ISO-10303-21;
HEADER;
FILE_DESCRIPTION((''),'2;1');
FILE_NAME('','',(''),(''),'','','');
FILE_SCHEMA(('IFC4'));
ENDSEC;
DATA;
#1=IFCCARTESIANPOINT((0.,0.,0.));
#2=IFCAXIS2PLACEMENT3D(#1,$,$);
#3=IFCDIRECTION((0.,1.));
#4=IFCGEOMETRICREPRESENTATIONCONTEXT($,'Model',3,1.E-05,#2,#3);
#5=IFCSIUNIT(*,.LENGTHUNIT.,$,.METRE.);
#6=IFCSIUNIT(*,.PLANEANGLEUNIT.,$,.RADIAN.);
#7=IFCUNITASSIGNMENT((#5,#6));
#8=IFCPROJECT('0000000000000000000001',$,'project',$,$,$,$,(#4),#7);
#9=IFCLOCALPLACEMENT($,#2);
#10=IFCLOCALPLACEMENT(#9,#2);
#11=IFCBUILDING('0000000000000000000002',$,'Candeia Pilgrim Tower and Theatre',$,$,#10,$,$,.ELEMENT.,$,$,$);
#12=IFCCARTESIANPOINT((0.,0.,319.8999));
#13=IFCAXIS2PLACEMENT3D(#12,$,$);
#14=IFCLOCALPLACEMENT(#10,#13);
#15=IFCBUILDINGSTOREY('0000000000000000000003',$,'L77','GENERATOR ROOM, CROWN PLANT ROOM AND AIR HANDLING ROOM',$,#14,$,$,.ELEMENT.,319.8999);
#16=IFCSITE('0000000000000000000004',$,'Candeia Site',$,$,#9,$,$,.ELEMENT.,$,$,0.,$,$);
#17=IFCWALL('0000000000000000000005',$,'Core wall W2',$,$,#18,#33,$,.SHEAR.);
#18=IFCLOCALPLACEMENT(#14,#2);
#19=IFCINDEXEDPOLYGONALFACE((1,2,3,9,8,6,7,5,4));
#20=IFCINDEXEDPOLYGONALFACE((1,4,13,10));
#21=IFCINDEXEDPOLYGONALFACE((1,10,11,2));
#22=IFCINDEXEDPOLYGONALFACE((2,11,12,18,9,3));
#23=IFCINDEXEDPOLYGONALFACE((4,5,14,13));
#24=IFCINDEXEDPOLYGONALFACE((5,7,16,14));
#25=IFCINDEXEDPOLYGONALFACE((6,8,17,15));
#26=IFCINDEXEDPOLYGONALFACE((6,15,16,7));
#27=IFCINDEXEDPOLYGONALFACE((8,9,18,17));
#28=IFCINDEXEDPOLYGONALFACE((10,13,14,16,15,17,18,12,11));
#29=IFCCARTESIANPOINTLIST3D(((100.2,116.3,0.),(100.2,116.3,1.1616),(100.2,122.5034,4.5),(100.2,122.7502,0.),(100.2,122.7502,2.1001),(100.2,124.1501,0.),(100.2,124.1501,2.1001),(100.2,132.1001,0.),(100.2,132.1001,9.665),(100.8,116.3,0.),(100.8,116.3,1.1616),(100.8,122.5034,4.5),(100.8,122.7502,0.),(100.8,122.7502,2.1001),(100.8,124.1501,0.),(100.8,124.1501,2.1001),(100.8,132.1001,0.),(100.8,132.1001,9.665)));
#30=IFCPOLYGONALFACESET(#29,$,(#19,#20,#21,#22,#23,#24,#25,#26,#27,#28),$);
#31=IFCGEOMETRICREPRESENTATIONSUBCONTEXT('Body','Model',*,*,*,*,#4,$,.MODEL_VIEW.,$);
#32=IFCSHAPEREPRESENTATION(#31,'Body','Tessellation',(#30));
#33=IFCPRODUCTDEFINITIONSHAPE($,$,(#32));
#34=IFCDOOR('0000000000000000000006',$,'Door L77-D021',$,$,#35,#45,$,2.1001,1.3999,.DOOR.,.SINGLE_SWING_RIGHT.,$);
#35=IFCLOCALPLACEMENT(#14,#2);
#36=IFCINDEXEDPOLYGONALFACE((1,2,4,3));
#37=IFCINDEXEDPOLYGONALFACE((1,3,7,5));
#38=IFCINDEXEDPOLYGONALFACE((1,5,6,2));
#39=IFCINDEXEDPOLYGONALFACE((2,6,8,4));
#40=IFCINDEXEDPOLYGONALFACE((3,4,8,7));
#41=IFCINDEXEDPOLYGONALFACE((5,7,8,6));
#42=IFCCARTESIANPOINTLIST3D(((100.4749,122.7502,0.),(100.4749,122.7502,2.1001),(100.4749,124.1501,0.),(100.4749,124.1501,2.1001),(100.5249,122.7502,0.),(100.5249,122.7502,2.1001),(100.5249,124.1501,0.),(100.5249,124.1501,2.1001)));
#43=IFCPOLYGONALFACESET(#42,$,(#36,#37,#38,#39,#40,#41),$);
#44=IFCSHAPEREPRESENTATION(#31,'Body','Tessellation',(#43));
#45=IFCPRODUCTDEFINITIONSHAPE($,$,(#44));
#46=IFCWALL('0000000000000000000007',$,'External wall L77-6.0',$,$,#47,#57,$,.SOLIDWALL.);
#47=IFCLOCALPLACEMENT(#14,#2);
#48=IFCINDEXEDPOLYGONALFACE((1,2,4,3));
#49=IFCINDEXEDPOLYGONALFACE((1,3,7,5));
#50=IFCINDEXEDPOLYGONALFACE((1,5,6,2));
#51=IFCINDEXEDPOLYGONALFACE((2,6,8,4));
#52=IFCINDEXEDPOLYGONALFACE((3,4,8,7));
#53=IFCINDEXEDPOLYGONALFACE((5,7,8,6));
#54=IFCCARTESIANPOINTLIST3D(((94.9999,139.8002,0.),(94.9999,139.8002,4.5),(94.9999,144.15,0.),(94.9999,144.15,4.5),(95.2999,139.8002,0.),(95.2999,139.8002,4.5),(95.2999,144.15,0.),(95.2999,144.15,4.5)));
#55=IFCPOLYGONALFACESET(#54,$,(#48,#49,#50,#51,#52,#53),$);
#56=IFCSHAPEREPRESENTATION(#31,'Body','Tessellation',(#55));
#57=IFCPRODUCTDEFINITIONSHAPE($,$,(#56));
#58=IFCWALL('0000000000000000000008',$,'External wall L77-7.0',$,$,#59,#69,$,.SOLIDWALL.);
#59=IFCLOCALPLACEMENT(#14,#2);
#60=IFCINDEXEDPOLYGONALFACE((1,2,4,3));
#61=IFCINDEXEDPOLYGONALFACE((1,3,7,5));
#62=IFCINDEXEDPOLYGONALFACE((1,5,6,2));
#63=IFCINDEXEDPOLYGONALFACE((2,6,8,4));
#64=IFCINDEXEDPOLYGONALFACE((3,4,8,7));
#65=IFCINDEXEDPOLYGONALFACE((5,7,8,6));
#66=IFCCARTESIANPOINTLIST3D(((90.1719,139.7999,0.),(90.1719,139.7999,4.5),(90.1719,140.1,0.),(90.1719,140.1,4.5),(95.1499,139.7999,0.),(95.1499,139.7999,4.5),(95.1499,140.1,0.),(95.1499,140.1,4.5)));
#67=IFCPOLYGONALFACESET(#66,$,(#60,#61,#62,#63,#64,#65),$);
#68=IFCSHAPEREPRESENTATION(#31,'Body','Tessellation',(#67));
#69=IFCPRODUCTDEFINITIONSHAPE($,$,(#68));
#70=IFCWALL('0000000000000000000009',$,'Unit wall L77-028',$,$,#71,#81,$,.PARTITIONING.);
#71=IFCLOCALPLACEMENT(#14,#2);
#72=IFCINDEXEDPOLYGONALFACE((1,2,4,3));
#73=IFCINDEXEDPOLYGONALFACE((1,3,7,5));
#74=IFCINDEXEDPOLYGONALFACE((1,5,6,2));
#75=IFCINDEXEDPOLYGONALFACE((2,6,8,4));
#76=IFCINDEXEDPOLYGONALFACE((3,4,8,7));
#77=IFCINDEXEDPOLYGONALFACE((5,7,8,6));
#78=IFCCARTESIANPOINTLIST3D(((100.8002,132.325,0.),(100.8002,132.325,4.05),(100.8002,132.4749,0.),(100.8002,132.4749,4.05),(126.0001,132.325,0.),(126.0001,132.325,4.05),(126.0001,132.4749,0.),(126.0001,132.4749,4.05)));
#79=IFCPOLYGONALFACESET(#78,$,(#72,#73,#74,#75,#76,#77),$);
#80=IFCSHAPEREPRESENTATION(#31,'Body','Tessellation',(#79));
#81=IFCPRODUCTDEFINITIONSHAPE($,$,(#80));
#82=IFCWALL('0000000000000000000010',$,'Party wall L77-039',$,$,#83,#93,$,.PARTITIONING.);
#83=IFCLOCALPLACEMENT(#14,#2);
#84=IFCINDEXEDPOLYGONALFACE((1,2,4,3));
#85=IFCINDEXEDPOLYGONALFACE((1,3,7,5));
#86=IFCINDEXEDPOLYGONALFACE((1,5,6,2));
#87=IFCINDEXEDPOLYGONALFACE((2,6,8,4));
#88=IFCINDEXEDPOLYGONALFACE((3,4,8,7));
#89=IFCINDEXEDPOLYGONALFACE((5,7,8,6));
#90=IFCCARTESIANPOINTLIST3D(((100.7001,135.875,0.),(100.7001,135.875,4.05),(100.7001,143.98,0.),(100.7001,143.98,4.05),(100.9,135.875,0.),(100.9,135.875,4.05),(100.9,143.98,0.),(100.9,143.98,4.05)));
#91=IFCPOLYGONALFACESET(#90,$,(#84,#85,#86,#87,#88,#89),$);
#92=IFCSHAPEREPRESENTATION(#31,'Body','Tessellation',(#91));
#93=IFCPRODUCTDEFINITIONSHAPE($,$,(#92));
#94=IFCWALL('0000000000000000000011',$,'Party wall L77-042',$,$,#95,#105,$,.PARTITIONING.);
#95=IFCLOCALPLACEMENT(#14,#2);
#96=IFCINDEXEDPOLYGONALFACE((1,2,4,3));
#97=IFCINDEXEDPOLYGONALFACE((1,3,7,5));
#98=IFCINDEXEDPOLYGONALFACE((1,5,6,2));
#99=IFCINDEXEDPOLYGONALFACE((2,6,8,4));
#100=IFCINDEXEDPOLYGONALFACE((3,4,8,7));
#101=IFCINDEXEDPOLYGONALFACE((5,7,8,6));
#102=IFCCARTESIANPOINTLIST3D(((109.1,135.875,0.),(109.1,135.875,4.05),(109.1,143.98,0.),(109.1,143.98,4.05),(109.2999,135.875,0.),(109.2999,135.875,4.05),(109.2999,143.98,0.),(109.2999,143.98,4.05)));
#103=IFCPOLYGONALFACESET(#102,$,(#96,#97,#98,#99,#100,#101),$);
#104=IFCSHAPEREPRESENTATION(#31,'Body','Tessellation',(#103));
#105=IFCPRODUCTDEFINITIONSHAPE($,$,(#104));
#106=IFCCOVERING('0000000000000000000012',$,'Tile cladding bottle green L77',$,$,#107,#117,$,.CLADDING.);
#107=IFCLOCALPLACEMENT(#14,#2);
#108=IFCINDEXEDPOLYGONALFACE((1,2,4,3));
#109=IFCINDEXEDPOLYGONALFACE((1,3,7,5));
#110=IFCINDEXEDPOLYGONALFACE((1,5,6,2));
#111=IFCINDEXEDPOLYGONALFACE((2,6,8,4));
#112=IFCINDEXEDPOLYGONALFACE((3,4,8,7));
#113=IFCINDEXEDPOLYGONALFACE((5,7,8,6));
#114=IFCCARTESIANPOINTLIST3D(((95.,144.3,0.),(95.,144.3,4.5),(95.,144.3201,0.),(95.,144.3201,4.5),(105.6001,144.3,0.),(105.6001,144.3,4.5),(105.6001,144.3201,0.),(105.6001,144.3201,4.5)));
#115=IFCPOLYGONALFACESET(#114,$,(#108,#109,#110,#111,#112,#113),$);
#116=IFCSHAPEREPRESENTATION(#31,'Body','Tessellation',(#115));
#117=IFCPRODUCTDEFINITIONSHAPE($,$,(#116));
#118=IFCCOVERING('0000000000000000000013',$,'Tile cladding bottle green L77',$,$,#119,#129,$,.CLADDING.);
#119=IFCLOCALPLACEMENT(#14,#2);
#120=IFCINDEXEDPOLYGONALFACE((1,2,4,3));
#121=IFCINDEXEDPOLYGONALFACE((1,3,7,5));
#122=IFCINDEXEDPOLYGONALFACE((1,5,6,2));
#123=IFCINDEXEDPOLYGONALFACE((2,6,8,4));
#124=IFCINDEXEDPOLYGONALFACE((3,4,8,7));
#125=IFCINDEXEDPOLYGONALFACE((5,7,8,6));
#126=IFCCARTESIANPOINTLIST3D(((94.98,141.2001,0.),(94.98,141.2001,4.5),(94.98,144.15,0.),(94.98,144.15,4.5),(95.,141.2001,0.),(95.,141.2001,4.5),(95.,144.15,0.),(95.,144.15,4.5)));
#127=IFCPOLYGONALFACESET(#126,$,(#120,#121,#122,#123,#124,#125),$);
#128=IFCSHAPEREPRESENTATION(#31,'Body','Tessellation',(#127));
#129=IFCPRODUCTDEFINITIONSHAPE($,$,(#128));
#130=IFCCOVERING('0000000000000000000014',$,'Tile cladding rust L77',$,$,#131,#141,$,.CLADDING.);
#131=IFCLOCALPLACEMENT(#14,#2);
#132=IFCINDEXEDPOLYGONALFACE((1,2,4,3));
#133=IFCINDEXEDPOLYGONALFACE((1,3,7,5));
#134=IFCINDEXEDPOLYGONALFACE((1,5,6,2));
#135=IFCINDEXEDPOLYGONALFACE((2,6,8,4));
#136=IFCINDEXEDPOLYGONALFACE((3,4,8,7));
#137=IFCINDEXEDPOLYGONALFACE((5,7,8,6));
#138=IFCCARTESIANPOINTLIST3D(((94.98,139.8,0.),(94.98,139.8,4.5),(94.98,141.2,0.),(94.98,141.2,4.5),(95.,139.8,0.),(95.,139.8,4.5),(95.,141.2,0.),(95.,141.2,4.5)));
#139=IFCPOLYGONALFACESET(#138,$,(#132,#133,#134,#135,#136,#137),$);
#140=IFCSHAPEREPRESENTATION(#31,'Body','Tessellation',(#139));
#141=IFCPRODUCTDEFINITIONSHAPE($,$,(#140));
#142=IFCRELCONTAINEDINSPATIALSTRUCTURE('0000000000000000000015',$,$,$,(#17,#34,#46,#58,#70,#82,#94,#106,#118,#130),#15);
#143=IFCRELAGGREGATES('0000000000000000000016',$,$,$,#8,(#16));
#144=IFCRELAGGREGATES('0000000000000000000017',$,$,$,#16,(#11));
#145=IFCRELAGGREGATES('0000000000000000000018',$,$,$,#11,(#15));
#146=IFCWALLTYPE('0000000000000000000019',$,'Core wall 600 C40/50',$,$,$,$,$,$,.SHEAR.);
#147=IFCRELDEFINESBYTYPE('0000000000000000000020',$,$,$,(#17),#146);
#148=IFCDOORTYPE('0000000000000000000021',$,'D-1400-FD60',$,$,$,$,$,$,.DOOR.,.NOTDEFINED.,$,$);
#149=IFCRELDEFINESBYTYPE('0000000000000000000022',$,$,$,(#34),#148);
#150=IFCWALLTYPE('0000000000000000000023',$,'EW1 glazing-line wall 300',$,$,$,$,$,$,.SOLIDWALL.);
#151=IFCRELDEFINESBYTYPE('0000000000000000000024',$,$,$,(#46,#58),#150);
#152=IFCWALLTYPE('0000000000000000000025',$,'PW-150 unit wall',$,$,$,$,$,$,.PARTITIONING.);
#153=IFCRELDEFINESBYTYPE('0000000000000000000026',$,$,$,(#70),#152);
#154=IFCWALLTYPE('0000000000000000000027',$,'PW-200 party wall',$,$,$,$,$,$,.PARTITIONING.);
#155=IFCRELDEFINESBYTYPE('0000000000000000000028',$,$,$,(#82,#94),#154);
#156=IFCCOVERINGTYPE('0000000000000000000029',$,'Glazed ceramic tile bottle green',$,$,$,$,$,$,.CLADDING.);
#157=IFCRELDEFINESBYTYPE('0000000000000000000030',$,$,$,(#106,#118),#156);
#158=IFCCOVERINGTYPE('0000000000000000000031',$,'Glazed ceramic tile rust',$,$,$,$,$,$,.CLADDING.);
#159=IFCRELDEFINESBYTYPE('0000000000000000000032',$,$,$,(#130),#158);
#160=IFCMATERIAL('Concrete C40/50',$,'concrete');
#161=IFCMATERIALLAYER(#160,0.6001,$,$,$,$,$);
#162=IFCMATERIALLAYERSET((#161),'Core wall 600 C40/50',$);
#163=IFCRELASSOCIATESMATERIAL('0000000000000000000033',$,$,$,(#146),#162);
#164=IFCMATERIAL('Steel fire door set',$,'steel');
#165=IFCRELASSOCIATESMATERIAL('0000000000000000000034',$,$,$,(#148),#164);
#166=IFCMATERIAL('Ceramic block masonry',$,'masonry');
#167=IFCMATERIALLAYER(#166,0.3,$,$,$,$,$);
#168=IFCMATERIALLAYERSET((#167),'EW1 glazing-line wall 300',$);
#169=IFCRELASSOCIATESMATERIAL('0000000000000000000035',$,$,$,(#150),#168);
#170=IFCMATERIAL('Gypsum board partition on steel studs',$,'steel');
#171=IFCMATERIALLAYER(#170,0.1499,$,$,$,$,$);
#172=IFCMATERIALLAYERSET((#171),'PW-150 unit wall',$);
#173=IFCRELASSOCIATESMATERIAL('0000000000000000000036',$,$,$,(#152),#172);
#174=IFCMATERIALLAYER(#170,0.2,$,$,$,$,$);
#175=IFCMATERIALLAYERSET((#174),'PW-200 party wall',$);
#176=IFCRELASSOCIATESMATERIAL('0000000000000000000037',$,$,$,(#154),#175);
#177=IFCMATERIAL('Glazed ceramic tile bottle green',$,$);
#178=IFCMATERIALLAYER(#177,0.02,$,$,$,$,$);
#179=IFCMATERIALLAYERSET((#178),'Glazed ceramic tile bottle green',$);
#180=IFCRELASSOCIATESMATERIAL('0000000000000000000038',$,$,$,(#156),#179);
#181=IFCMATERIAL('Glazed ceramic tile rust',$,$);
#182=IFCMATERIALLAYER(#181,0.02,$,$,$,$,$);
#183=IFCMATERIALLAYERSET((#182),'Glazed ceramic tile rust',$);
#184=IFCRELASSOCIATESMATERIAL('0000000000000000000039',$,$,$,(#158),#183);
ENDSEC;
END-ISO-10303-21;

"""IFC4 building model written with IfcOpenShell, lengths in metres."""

from ifc_helpers import new_model, si_unit, direction, frame, frame_2d, origin, origin_2d, place, context, subcontext, project, spatial, polyline, rectangle, outline, extrude, material, layer, layer_set, type_object, element, fill, save


model = new_model("IFC4")

# Units and contexts
model_context = context("Model", 3, precision=1e-05, world=origin(), true_north=direction((0.0, 1.0)))
body_context = subcontext(model_context, "Body", "Model", "MODEL_VIEW")
ifc_project = project(units=[si_unit("LENGTHUNIT", "METRE"), si_unit("PLANEANGLEUNIT", "RADIAN")], contexts=[model_context])

# Site, building, storey
site_placement = place(None, origin())
site = spatial("IfcSite", under=ifc_project, at=site_placement, Name="Candeia Site", CompositionType="ELEMENT", RefElevation=0.0)
building_placement = place(site_placement, origin())
building = spatial("IfcBuilding", under=site, at=building_placement, Name="Candeia Pilgrim Tower and Theatre", CompositionType="ELEMENT")
storey_placement = place(building_placement, frame((0.0, 0.0, 319.8999)))
storey = spatial("IfcBuildingStorey", under=building, at=storey_placement, Name="L77", Description="GENERATOR ROOM, CROWN PLANT ROOM AND AIR HANDLING ROOM", CompositionType="ELEMENT", Elevation=319.8999)

# Shared definitions
ifc_material_1 = material(Name="Concrete C40/50", Category="concrete")

# Wall, opening, door
ifc_layer_1 = layer(ifc_material_1, 0.6001)
ifc_layer_set_1 = layer_set([ifc_layer_1], Name="Core wall 600 C40/50")
wall_type_1 = type_object("IfcWallType", Name="Core wall 600 C40/50", PredefinedType="SHEAR", material=ifc_layer_set_1)
wall_1_placement = place(storey_placement, frame((100.5, 132.1001, 0.0), z_axis=(0.0, 0.0, 1.0), x_axis=(0.0, -1.0, 0.0)))
wall_1 = element("IfcWall", 1, at=wall_1_placement, inside=storey, type_object=wall_type_1, Name="Core wall W2", PredefinedType="SHEAR", context=body_context, shape_type="SweptSolid", body=[
    extrude(outline(polyline([(0.0, 0.0), (15.8, 0.0), (15.8, 1.1616), (9.5967, 4.5), (0.0, 9.665), (0.0, 0.0)])), frame((0.0, 0.3, 0.0), z_axis=(0.0, -1.0, 0.0), x_axis=(1.0, 0.0, 0.0)), (0.0, 0.0, 1.0), 0.6001),
])
opening_placement = place(wall_1_placement, frame((7.95, 0.0, 0.0)))
opening = element("IfcOpeningElement", 2, at=opening_placement, cuts=wall_1, PredefinedType="OPENING", context=body_context, shape_type="SweptSolid", body=[
    extrude(rectangle(XDim=1.3999, YDim=2.1001, at=frame_2d((0.7, 1.05))), frame((0.0, 0.3101, 0.0), z_axis=(0.0, -1.0, 0.0), x_axis=(1.0, 0.0, 0.0)), (0.0, 0.0, 1.0), 0.6201),
])
ifc_material_2 = material(Name="Steel fire door set", Category="steel")
door_type = type_object("IfcDoorType", Name="D-1400-FD60", OperationType="NOTDEFINED", PredefinedType="DOOR", material=ifc_material_2)
door_placement = place(opening_placement, origin())
door = element("IfcDoor", 3, at=door_placement, inside=storey, type_object=door_type, Name="Door L77-D021", OperationType="SINGLE_SWING_RIGHT", OverallHeight=2.1001, OverallWidth=1.3999, PredefinedType="DOOR", context=body_context, shape_type="SweptSolid", body=[
    extrude(rectangle(XDim=1.3999, YDim=2.1001, at=frame_2d((0.7, 1.05))), frame((0.0, 0.0249, 0.0), z_axis=(0.0, -1.0, 0.0), x_axis=(1.0, 0.0, 0.0)), (0.0, 0.0, 1.0), 0.05),
])
fill(opening, door)

# Walls
ifc_material_3 = material(Name="Ceramic block masonry", Category="masonry")
ifc_layer_2 = layer(ifc_material_3, 0.3)
ifc_layer_set_2 = layer_set([ifc_layer_2], Name="EW1 glazing-line wall 300")
wall_type_2 = type_object("IfcWallType", Name="EW1 glazing-line wall 300", PredefinedType="SOLIDWALL", material=ifc_layer_set_2)
wall_2_placement = place(storey_placement, frame((95.1499, 144.1499, 0.0), z_axis=(0.0, 0.0, 1.0), x_axis=(0.0, -1.0, 0.0)))
element("IfcWall", 4, at=wall_2_placement, inside=storey, type_object=wall_type_2, Name="External wall L77-6.0", PredefinedType="SOLIDWALL", context=body_context, shape_type="SweptSolid", body=[
    extrude(rectangle(XDim=4.3499, YDim=0.3, at=frame_2d((2.1748, 0.0))), origin(), (0.0, 0.0, 1.0), 4.5),
])
wall_3_placement = place(storey_placement, frame((95.1499, 139.95, 0.0), z_axis=(0.0, 0.0, 1.0), x_axis=(-1.0, 0.0, 0.0)))
element("IfcWall", 5, at=wall_3_placement, inside=storey, type_object=wall_type_2, Name="External wall L77-7.0", PredefinedType="SOLIDWALL", context=body_context, shape_type="SweptSolid", body=[
    extrude(rectangle(XDim=4.978, YDim=0.3, at=frame_2d((2.489, 0.0))), origin(), (0.0, 0.0, 1.0), 4.5),
])
ifc_material_4 = material(Name="Gypsum board partition on steel studs", Category="steel")
ifc_layer_3 = layer(ifc_material_4, 0.1499)
ifc_layer_set_3 = layer_set([ifc_layer_3], Name="PW-150 unit wall")
wall_type_3 = type_object("IfcWallType", Name="PW-150 unit wall", PredefinedType="PARTITIONING", material=ifc_layer_set_3)
wall_4_placement = place(storey_placement, frame((100.8, 132.3999, 0.0), z_axis=(0.0, 0.0, 1.0), x_axis=(1.0, 0.0, 0.0)))
element("IfcWall", 6, at=wall_4_placement, inside=storey, type_object=wall_type_3, Name="Unit wall L77-028", PredefinedType="PARTITIONING", context=body_context, shape_type="SweptSolid", body=[
    extrude(rectangle(XDim=25.2, YDim=0.1499, at=frame_2d((12.6001, 0.0))), origin(), (0.0, 0.0, 1.0), 4.05),
])
ifc_layer_4 = layer(ifc_material_4, 0.2)
ifc_layer_set_4 = layer_set([ifc_layer_4], Name="PW-200 party wall")
wall_type_4 = type_object("IfcWallType", Name="PW-200 party wall", PredefinedType="PARTITIONING", material=ifc_layer_set_4)
for number, where, z_axis, x_axis, name in (
    (7, (100.8, 135.875, 0.0), (0.0, 0.0, 1.0), (0.0, 1.0, 0.0), "Party wall L77-039"),
    (8, (109.2, 135.875, 0.0), (0.0, 0.0, 1.0), (0.0, 1.0, 0.0), "Party wall L77-042"),
):
    element("IfcWall", number, at=place(storey_placement, frame(where, z_axis=z_axis, x_axis=x_axis)), inside=storey, type_object=wall_type_4, Name=name, PredefinedType="PARTITIONING", context=body_context, shape_type="SweptSolid", body=[
        extrude(rectangle(XDim=8.105, YDim=0.2, at=frame_2d((4.0525, 0.0))), origin(), (0.0, 0.0, 1.0), 4.05),
    ])

# Coverings
ifc_material_5 = material(Name="Glazed ceramic tile bottle green")
ifc_layer_5 = layer(ifc_material_5, 0.02)
ifc_layer_set_5 = layer_set([ifc_layer_5], Name="Glazed ceramic tile bottle green")
covering_type_1 = type_object("IfcCoveringType", Name="Glazed ceramic tile bottle green", PredefinedType="CLADDING", material=ifc_layer_set_5)
covering_1_placement = place(storey_placement, frame((100.3, 144.3101, 0.0), z_axis=(0.0, 0.0, 1.0), x_axis=(-1.0, 0.0, 0.0)))
element("IfcCovering", 9, at=covering_1_placement, inside=storey, type_object=covering_type_1, Name="Tile cladding bottle green L77", PredefinedType="CLADDING", context=body_context, shape_type="SweptSolid", body=[
    extrude(rectangle(XDim=10.6001, YDim=0.02, at=origin_2d()), origin(), (0.0, 0.0, 1.0), 4.5),
])
covering_2_placement = place(storey_placement, frame((94.99, 142.675, 0.0), z_axis=(0.0, 0.0, 1.0), x_axis=(0.0, -1.0, 0.0)))
element("IfcCovering", 10, at=covering_2_placement, inside=storey, type_object=covering_type_1, Name="Tile cladding bottle green L77", PredefinedType="CLADDING", context=body_context, shape_type="SweptSolid", body=[
    extrude(rectangle(XDim=2.95, YDim=0.02, at=origin_2d()), origin(), (0.0, 0.0, 1.0), 4.5),
])
ifc_material_6 = material(Name="Glazed ceramic tile rust")
ifc_layer_6 = layer(ifc_material_6, 0.02)
ifc_layer_set_6 = layer_set([ifc_layer_6], Name="Glazed ceramic tile rust")
covering_type_2 = type_object("IfcCoveringType", Name="Glazed ceramic tile rust", PredefinedType="CLADDING", material=ifc_layer_set_6)
covering_3_placement = place(storey_placement, frame((94.99, 140.5, 0.0), z_axis=(0.0, 0.0, 1.0), x_axis=(0.0, -1.0, 0.0)))
element("IfcCovering", 11, at=covering_3_placement, inside=storey, type_object=covering_type_2, Name="Tile cladding rust L77", PredefinedType="CLADDING", context=body_context, shape_type="SweptSolid", body=[
    extrude(rectangle(XDim=1.3999, YDim=0.02, at=origin_2d()), origin(), (0.0, 0.0, 1.0), 4.5),
])

save(model, "model.ifc")
